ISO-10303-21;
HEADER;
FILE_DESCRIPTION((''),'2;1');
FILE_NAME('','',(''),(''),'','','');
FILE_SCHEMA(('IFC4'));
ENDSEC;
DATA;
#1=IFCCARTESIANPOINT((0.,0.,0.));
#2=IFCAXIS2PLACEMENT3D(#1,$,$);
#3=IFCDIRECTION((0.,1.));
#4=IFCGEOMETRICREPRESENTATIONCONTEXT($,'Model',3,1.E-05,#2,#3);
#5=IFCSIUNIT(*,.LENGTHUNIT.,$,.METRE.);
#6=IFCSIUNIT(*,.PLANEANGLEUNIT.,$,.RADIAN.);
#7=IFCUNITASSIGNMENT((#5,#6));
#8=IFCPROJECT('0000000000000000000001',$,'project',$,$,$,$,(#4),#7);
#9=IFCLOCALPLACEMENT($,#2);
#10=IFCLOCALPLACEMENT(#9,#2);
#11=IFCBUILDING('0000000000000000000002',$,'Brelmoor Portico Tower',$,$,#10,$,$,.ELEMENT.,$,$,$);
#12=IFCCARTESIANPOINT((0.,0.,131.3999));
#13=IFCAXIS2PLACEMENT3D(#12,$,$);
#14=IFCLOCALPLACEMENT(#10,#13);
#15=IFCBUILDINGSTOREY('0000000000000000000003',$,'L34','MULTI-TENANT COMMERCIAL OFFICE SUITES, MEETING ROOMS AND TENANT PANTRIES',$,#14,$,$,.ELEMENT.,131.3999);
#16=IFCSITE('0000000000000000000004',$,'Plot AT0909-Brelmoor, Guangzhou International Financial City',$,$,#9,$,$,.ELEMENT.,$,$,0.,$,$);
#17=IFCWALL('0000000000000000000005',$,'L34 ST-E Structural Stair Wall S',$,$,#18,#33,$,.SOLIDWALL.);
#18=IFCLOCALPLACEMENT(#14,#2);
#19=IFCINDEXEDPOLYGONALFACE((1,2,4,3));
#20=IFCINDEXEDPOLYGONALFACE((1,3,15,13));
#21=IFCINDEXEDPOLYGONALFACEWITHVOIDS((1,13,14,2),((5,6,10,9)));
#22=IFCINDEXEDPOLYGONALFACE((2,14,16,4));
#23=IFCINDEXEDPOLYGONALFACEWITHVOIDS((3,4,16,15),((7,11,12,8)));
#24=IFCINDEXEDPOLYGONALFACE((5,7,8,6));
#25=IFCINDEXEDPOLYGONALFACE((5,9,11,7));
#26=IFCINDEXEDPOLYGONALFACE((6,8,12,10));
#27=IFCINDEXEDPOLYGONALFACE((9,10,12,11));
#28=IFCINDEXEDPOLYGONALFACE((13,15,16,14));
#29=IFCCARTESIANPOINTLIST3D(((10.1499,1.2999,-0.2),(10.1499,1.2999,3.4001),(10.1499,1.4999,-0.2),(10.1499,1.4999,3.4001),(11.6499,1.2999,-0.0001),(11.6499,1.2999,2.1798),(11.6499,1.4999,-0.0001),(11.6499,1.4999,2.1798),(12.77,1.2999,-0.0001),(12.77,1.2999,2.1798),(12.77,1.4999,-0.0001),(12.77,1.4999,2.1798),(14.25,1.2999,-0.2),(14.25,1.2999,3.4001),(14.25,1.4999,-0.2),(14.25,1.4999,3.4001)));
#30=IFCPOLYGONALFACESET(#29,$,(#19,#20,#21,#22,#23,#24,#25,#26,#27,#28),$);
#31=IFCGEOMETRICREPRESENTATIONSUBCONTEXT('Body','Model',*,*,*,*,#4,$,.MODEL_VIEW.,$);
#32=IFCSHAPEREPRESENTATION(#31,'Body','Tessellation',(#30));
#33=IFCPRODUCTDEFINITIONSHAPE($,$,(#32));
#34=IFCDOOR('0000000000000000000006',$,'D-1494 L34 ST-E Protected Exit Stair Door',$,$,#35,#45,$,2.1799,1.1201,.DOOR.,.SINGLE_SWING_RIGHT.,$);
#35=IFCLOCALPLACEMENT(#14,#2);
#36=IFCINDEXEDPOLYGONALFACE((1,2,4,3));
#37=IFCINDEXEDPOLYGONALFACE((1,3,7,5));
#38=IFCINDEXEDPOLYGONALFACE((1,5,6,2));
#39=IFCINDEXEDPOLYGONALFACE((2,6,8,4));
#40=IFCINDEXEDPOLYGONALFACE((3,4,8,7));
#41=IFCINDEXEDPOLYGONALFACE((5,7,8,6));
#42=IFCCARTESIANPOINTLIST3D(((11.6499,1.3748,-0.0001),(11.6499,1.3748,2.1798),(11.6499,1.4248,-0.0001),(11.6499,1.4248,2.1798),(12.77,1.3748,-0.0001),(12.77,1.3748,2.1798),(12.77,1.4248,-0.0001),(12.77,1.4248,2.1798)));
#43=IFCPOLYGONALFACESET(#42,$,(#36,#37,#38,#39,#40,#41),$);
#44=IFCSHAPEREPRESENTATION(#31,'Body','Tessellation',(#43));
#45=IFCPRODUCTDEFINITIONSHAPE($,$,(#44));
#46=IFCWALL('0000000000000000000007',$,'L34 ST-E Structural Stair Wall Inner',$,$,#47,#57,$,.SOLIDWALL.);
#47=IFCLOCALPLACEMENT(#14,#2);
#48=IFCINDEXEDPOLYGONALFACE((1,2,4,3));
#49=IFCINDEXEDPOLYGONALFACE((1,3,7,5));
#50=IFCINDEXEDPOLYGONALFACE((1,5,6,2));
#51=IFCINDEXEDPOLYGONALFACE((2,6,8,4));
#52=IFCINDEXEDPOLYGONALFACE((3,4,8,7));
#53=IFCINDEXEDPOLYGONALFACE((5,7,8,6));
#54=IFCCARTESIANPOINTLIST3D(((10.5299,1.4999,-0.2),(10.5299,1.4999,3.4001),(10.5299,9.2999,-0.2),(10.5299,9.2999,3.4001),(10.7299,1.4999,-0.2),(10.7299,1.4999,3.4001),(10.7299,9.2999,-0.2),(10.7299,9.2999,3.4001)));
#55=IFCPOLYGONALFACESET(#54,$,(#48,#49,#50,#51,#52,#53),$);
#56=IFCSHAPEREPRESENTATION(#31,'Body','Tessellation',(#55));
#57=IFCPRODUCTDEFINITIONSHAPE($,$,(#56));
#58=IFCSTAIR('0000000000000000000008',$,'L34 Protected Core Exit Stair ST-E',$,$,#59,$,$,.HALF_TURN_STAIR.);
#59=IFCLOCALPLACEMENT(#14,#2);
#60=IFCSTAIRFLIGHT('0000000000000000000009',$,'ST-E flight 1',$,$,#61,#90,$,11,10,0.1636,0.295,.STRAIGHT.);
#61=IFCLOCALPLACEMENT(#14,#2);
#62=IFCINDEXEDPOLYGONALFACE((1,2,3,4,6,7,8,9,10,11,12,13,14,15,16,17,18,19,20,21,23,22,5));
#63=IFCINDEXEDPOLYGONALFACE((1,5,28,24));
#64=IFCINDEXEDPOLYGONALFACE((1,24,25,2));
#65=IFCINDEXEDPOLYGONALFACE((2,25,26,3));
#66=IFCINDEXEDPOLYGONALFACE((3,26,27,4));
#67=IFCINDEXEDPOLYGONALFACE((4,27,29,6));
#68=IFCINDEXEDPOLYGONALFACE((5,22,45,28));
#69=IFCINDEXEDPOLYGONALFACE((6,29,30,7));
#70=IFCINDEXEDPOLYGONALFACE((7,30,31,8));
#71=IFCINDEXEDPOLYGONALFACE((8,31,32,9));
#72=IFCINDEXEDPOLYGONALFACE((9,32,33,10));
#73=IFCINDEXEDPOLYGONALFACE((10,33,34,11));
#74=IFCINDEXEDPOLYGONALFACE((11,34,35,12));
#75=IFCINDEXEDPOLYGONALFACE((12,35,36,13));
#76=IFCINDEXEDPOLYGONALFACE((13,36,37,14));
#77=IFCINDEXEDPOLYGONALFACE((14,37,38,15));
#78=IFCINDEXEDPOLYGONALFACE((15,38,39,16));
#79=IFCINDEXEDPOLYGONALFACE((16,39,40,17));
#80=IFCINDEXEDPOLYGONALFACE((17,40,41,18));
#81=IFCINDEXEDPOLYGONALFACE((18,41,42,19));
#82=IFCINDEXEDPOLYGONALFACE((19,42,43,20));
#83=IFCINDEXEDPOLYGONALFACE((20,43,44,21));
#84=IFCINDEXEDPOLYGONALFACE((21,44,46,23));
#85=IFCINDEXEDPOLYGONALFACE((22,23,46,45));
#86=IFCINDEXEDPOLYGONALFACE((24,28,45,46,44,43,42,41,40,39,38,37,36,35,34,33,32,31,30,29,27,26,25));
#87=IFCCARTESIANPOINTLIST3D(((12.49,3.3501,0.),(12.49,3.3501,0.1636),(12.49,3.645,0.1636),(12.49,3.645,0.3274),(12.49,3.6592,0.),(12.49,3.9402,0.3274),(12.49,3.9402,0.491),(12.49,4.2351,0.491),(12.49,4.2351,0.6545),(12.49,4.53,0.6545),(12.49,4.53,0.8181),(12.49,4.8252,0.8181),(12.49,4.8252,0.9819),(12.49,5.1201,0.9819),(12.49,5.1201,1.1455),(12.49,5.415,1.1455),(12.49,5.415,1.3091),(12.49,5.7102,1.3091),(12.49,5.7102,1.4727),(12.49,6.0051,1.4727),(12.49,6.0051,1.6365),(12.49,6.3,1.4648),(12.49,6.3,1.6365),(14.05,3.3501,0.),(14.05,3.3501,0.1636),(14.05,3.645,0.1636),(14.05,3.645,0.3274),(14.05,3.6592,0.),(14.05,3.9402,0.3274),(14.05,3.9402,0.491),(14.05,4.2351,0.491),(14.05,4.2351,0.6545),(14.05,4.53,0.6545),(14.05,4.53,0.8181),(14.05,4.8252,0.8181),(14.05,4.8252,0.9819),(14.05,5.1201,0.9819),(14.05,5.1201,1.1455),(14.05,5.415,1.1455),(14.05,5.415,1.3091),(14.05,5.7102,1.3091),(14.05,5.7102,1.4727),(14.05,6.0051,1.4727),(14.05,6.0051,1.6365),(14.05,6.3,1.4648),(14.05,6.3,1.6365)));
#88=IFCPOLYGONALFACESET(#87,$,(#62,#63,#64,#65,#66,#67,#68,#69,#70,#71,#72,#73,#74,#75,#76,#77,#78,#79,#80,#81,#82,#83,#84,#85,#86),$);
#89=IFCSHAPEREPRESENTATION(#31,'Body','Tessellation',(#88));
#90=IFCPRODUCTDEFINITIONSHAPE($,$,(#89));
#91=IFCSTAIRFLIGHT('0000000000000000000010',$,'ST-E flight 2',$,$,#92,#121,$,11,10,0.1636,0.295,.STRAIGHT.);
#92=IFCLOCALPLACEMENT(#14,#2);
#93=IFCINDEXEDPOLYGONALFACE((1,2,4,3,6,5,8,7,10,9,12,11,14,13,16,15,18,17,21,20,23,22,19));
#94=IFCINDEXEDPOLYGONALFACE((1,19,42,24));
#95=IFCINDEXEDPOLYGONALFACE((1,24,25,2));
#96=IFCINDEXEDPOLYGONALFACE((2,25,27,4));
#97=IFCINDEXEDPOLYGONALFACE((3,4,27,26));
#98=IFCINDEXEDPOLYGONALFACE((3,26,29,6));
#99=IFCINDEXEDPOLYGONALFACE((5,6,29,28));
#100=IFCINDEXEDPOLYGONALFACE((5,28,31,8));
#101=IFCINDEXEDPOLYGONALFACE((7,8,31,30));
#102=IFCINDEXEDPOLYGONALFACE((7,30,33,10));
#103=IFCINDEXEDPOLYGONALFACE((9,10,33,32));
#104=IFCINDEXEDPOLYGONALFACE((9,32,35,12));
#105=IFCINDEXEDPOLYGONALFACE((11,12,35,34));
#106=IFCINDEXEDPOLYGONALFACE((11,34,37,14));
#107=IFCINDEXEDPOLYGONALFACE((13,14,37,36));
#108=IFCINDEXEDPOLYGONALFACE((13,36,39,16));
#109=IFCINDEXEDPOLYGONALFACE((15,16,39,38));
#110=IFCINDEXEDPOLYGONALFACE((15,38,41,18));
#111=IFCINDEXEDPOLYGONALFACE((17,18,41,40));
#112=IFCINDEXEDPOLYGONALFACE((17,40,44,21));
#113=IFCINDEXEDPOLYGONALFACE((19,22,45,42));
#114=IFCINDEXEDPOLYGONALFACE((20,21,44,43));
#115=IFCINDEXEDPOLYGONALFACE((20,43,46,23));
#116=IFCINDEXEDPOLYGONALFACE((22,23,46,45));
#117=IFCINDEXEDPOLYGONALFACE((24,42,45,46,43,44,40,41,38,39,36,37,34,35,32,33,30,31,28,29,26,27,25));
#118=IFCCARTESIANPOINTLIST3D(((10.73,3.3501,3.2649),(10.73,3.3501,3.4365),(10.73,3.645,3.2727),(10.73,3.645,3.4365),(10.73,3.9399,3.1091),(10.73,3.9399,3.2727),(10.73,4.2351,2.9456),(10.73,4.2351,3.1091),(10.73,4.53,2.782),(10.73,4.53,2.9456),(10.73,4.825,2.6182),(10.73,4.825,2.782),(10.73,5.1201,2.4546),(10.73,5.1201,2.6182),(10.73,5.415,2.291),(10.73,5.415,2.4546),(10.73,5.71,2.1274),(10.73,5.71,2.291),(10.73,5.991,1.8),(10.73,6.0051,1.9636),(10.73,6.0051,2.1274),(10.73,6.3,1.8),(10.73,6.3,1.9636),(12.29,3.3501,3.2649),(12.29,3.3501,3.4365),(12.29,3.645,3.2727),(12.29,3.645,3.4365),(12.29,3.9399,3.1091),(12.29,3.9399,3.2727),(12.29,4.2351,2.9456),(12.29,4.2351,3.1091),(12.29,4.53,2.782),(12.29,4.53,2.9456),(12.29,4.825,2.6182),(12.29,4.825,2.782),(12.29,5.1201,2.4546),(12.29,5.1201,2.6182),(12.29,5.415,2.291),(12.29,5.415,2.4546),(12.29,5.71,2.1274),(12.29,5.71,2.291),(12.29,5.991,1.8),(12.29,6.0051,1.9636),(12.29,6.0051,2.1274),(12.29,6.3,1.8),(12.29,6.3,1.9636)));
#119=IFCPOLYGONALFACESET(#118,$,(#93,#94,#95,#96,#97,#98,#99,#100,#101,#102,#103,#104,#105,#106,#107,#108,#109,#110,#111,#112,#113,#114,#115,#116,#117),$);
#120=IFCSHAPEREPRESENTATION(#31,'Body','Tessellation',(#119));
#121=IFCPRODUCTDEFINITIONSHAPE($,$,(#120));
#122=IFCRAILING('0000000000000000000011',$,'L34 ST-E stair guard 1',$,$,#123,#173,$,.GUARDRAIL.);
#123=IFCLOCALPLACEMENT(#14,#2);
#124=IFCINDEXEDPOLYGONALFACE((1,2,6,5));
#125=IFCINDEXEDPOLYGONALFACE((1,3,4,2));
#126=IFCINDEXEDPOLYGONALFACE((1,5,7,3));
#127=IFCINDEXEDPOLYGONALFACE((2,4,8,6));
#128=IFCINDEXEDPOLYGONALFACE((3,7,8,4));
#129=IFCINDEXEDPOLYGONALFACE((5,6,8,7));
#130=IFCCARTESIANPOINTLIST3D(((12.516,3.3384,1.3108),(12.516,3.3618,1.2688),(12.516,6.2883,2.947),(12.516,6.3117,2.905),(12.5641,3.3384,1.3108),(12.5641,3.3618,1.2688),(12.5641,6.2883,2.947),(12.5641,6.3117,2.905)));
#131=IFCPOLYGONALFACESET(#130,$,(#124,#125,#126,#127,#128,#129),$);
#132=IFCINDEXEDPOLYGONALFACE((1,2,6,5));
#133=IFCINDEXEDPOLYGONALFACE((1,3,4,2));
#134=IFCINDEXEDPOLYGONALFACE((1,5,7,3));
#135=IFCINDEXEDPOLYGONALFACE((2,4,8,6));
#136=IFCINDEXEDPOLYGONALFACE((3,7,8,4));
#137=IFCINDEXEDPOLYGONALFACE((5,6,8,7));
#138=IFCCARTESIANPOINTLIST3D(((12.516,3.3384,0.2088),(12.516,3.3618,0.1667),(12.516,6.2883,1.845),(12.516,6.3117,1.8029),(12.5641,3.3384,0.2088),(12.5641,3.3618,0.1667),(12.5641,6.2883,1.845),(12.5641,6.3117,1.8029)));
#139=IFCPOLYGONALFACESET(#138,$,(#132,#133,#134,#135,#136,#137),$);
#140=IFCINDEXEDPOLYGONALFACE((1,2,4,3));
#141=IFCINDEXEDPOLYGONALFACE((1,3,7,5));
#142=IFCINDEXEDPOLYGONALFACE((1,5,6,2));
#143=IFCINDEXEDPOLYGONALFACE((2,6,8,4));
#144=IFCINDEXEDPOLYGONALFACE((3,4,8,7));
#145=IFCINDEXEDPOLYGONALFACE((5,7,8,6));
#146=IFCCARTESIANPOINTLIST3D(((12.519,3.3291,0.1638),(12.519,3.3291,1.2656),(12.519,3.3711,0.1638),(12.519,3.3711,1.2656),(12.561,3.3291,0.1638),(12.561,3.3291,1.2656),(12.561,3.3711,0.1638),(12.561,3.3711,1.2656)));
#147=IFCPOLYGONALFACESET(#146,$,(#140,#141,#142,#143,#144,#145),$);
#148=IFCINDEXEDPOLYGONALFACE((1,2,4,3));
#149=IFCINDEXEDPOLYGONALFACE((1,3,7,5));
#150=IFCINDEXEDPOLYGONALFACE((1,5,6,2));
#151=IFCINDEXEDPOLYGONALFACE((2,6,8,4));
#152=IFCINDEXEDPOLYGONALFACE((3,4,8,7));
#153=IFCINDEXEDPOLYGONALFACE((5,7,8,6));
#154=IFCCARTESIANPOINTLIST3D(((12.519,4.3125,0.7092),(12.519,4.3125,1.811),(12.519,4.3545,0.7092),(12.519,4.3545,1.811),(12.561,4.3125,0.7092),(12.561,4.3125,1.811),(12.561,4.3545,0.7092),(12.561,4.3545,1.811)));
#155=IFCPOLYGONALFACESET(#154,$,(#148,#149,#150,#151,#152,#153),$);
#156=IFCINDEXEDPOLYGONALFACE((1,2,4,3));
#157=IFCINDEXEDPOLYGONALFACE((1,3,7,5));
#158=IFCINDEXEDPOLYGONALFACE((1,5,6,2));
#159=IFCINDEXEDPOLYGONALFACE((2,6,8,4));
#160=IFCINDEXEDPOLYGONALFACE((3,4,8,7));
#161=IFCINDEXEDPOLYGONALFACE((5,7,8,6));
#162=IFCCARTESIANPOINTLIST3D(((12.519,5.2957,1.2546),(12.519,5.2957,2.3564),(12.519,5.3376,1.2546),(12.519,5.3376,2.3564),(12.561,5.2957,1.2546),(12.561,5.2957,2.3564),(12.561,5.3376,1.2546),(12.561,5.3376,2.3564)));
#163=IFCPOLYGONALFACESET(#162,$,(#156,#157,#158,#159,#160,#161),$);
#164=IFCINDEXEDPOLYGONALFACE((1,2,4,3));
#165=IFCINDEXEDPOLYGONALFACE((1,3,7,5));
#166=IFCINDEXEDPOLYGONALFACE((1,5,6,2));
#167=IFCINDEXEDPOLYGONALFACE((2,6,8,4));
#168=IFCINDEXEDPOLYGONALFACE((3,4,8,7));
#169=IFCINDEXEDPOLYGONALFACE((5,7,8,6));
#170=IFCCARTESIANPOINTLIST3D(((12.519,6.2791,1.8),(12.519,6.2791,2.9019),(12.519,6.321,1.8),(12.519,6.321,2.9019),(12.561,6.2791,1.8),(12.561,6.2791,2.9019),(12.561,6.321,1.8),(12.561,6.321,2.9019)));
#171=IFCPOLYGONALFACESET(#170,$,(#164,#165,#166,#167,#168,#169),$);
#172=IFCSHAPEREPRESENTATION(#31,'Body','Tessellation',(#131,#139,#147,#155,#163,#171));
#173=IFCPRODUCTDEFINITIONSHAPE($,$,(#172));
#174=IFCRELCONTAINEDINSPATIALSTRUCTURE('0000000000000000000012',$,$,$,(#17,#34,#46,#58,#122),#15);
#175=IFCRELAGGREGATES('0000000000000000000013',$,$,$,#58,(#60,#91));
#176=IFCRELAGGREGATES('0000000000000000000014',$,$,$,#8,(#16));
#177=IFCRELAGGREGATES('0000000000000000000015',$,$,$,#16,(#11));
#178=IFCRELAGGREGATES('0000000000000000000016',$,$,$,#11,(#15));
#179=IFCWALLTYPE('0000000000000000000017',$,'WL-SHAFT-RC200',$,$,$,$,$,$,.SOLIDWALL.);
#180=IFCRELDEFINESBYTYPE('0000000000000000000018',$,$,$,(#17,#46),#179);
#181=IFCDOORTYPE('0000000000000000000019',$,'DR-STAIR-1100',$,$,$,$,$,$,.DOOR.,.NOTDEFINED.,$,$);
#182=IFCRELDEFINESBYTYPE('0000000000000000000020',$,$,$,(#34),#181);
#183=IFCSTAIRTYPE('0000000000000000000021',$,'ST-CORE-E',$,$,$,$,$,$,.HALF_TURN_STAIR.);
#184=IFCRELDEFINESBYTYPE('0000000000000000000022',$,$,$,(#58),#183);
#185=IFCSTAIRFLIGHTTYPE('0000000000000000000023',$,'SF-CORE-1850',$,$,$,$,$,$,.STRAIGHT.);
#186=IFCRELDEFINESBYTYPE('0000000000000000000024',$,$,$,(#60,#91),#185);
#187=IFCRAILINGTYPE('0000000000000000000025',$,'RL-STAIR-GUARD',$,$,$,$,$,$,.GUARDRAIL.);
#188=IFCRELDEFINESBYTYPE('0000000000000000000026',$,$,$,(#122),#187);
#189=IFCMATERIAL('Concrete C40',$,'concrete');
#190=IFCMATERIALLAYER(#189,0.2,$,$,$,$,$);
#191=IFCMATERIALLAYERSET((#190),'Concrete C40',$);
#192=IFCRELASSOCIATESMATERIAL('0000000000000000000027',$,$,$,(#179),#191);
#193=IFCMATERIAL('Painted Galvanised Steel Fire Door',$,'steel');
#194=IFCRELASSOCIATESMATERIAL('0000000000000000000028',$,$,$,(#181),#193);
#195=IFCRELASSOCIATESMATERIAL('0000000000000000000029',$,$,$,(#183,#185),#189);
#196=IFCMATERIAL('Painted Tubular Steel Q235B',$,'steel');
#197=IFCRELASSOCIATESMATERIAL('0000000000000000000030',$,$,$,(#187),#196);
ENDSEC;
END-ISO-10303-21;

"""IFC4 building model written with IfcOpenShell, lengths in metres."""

from ifc_helpers import new_model, si_unit, direction, frame, frame_2d, origin, origin_2d, place, context, subcontext, project, spatial, polyline, rectangle, outline, extrude, material, layer, layer_set, type_object, element, fill, aggregate, save


model = new_model("IFC4")

# Units and contexts
model_context = context("Model", 3, precision=1e-05, world=origin(), true_north=direction((0.0, 1.0)))
body_context = subcontext(model_context, "Body", "Model", "MODEL_VIEW")
ifc_project = project(units=[si_unit("LENGTHUNIT", "METRE"), si_unit("PLANEANGLEUNIT", "RADIAN")], contexts=[model_context])

# Site, building, storey
site_placement = place(None, origin())
site = spatial("IfcSite", under=ifc_project, at=site_placement, Name="Plot AT0909-Brelmoor, Guangzhou International Financial City", CompositionType="ELEMENT", RefElevation=0.0)
building_placement = place(site_placement, origin())
building = spatial("IfcBuilding", under=site, at=building_placement, Name="Brelmoor Portico Tower", CompositionType="ELEMENT")
storey_placement = place(building_placement, frame((0.0, 0.0, 131.3999)))
storey = spatial("IfcBuildingStorey", under=building, at=storey_placement, Name="L34", Description="MULTI-TENANT COMMERCIAL OFFICE SUITES, MEETING ROOMS AND TENANT PANTRIES", CompositionType="ELEMENT", Elevation=131.3999)

# Shared definitions
ifc_material_1 = material(Name="Concrete C40", Category="concrete")
ifc_layer_1 = layer(ifc_material_1, 0.2)
ifc_layer_set_1 = layer_set([ifc_layer_1], Name="Concrete C40")
wall_type_1 = type_object("IfcWallType", Name="WL-SHAFT-RC200", PredefinedType="SOLIDWALL", material=ifc_layer_set_1)

# Wall, opening, door
wall_1_placement = place(storey_placement, frame((10.1499, 1.3999, -0.2), z_axis=(0.0, 0.0, 1.0), x_axis=(1.0, 0.0, 0.0)))
wall_1 = element("IfcWall", 1, at=wall_1_placement, inside=storey, type_object=wall_type_1, Name="L34 ST-E Structural Stair Wall S", PredefinedType="SOLIDWALL", context=body_context, shape_type="SweptSolid", body=[
    extrude(rectangle(XDim=4.1001, YDim=0.2, at=frame_2d((2.05, 0.0))), origin(), (0.0, 0.0, 1.0), 3.6001),
])
opening_1_placement = place(wall_1_placement, frame((1.5, 0.0, 0.2)))
opening_1 = element("IfcOpeningElement", 2, at=opening_1_placement, cuts=wall_1, PredefinedType="OPENING", context=body_context, shape_type="SweptSolid", body=[
    extrude(rectangle(XDim=1.1201, YDim=2.1799, at=frame_2d((0.5601, 1.0898))), frame((0.0, 0.1099, 0.0), z_axis=(0.0, -1.0, 0.0), x_axis=(1.0, 0.0, 0.0)), (0.0, 0.0, 1.0), 0.22),
])
ifc_material_2 = material(Name="Painted Galvanised Steel Fire Door", Category="steel")
door_type_1 = type_object("IfcDoorType", Name="DR-STAIR-1100", OperationType="NOTDEFINED", PredefinedType="DOOR", material=ifc_material_2)
door_1_placement = place(opening_1_placement, origin())
door_1 = element("IfcDoor", 3, at=door_1_placement, inside=storey, type_object=door_type_1, Name="D-1494 L34 ST-E Protected Exit Stair Door", OperationType="SINGLE_SWING_RIGHT", OverallHeight=2.1799, OverallWidth=1.1201, PredefinedType="DOOR", context=body_context, shape_type="SweptSolid", body=[
    extrude(rectangle(XDim=1.1201, YDim=2.1799, at=frame_2d((0.5601, 1.0898))), frame((0.0, 0.0249, 0.0), z_axis=(0.0, -1.0, 0.0), x_axis=(1.0, 0.0, 0.0)), (0.0, 0.0, 1.0), 0.05),
])
fill(opening_1, door_1)

# Wall
wall_2_placement = place(storey_placement, frame((10.6299, 1.5, -0.2), z_axis=(0.0, 0.0, 1.0), x_axis=(0.0, 1.0, 0.0)))
element("IfcWall", 4, at=wall_2_placement, inside=storey, type_object=wall_type_1, Name="L34 ST-E Structural Stair Wall Inner", PredefinedType="SOLIDWALL", context=body_context, shape_type="SweptSolid", body=[
    extrude(rectangle(XDim=7.8, YDim=0.2, at=frame_2d((3.8999, 0.0))), origin(), (0.0, 0.0, 1.0), 3.6001),
])

# Stair, stair flights
stair_type = type_object("IfcStairType", Name="ST-CORE-E", PredefinedType="HALF_TURN_STAIR", material=ifc_material_1)
stair_placement = place(storey_placement, origin())
stair = element("IfcStair", 5, at=stair_placement, inside=storey, type_object=stair_type, Name="L34 Protected Core Exit Stair ST-E", PredefinedType="HALF_TURN_STAIR")
stair_flight_type = type_object("IfcStairFlightType", Name="SF-CORE-1850", PredefinedType="STRAIGHT", material=ifc_material_1)
stair_flight_1_placement = place(storey_placement, frame((13.27, 3.3501, 0.0), z_axis=(0.0, 0.0, 1.0), x_axis=(0.0, 1.0, 0.0)))
stair_flight_1 = element("IfcStairFlight", 6, at=stair_flight_1_placement, type_object=stair_flight_type, Name="ST-E flight 1", NumberOfRisers=11, NumberOfTreads=10, PredefinedType="STRAIGHT", RiserHeight=0.1636, TreadLength=0.295, context=body_context, shape_type="SweptSolid", body=[
    extrude(outline(polyline([(0.0, 0.0), (0.0, 0.1636), (0.2949, 0.1636), (0.2949, 0.3274), (0.5901, 0.3274), (0.5901, 0.491), (0.885, 0.491), (0.885, 0.6545), (1.1799, 0.6545), (1.1799, 0.8181), (1.4751, 0.8181), (1.4751, 0.9819), (1.77, 0.9819), (1.77, 1.1455), (2.0649, 1.1455), (2.0649, 1.3091), (2.3601, 1.3091), (2.3601, 1.4727), (2.655, 1.4727), (2.655, 1.6365), (2.95, 1.6365), (2.95, 1.8), (2.95, 1.4648), (0.3091, 0.0), (0.0, 0.0)])), frame((0.0, 0.78, 0.0), z_axis=(0.0, -1.0, 0.0), x_axis=(1.0, 0.0, 0.0)), (0.0, 0.0, 1.0), 1.5601),
])
stair_flight_2_placement = place(storey_placement, frame((11.51, 6.3, 1.8), z_axis=(0.0, 0.0, 1.0), x_axis=(0.0, -1.0, 0.0)))
stair_flight_2 = element("IfcStairFlight", 7, at=stair_flight_2_placement, type_object=stair_flight_type, Name="ST-E flight 2", NumberOfRisers=11, NumberOfTreads=10, PredefinedType="STRAIGHT", RiserHeight=0.1636, TreadLength=0.295, context=body_context, shape_type="SweptSolid", body=[
    extrude(outline(polyline([(0.0, 0.0), (0.0, 0.1636), (0.2949, 0.1636), (0.2949, 0.3274), (0.5901, 0.3274), (0.5901, 0.491), (0.885, 0.491), (0.885, 0.6545), (1.1799, 0.6545), (1.1799, 0.8181), (1.4751, 0.8181), (1.4751, 0.9819), (1.77, 0.9819), (1.77, 1.1455), (2.0649, 1.1455), (2.0649, 1.3091), (2.3601, 1.3091), (2.3601, 1.4727), (2.655, 1.4727), (2.655, 1.6365), (2.95, 1.6365), (2.95, 1.8), (2.95, 1.4648), (0.3091, 0.0), (0.0, 0.0)])), frame((0.0, 0.78, 0.0), z_axis=(0.0, -1.0, 0.0), x_axis=(1.0, 0.0, 0.0)), (0.0, 0.0, 1.0), 1.5601),
])
aggregate(stair, [stair_flight_1, stair_flight_2])

# Railing
ifc_material_3 = material(Name="Painted Tubular Steel Q235B", Category="steel")
railing_type_1 = type_object("IfcRailingType", Name="RL-STAIR-GUARD", PredefinedType="GUARDRAIL", material=ifc_material_3)
railing_1_placement = place(storey_placement, frame((12.54, 3.3501, 0.1638)))
element("IfcRailing", 8, at=railing_1_placement, inside=storey, type_object=railing_type_1, Name="L34 ST-E stair guard 1", PredefinedType="GUARDRAIL", context=body_context, shape_type="SweptSolid", body=[
    extrude(rectangle(XDim=0.0481, YDim=0.0481, at=origin_2d()), frame((0.0, 0.0, 1.126), z_axis=(0.0, 0.874488, 0.485047), x_axis=(-1.0, 0.0, 0.0)), (0.0, 0.0, 1.0), 3.3733),
    extrude(rectangle(XDim=0.0481, YDim=0.0481, at=origin_2d()), frame((0.0, 0.0, 0.0239), z_axis=(0.0, 0.874488, 0.485047), x_axis=(-1.0, 0.0, 0.0)), (0.0, 0.0, 1.0), 3.3733),
    extrude(rectangle(XDim=0.042, YDim=0.042, at=origin_2d()), origin(), (0.0, 0.0, 1.0), 1.1018),
    extrude(rectangle(XDim=0.042, YDim=0.042, at=origin_2d()), frame((0.0, 0.9834, 0.5454)), (0.0, 0.0, 1.0), 1.1018),
    extrude(rectangle(XDim=0.042, YDim=0.042, at=origin_2d()), frame((0.0, 1.9666, 1.0908)), (0.0, 0.0, 1.0), 1.1018),
    extrude(rectangle(XDim=0.042, YDim=0.042, at=origin_2d()), frame((0.0, 2.95, 1.6362)), (0.0, 0.0, 1.0), 1.1018),
])

save(model, "model.ifc")
